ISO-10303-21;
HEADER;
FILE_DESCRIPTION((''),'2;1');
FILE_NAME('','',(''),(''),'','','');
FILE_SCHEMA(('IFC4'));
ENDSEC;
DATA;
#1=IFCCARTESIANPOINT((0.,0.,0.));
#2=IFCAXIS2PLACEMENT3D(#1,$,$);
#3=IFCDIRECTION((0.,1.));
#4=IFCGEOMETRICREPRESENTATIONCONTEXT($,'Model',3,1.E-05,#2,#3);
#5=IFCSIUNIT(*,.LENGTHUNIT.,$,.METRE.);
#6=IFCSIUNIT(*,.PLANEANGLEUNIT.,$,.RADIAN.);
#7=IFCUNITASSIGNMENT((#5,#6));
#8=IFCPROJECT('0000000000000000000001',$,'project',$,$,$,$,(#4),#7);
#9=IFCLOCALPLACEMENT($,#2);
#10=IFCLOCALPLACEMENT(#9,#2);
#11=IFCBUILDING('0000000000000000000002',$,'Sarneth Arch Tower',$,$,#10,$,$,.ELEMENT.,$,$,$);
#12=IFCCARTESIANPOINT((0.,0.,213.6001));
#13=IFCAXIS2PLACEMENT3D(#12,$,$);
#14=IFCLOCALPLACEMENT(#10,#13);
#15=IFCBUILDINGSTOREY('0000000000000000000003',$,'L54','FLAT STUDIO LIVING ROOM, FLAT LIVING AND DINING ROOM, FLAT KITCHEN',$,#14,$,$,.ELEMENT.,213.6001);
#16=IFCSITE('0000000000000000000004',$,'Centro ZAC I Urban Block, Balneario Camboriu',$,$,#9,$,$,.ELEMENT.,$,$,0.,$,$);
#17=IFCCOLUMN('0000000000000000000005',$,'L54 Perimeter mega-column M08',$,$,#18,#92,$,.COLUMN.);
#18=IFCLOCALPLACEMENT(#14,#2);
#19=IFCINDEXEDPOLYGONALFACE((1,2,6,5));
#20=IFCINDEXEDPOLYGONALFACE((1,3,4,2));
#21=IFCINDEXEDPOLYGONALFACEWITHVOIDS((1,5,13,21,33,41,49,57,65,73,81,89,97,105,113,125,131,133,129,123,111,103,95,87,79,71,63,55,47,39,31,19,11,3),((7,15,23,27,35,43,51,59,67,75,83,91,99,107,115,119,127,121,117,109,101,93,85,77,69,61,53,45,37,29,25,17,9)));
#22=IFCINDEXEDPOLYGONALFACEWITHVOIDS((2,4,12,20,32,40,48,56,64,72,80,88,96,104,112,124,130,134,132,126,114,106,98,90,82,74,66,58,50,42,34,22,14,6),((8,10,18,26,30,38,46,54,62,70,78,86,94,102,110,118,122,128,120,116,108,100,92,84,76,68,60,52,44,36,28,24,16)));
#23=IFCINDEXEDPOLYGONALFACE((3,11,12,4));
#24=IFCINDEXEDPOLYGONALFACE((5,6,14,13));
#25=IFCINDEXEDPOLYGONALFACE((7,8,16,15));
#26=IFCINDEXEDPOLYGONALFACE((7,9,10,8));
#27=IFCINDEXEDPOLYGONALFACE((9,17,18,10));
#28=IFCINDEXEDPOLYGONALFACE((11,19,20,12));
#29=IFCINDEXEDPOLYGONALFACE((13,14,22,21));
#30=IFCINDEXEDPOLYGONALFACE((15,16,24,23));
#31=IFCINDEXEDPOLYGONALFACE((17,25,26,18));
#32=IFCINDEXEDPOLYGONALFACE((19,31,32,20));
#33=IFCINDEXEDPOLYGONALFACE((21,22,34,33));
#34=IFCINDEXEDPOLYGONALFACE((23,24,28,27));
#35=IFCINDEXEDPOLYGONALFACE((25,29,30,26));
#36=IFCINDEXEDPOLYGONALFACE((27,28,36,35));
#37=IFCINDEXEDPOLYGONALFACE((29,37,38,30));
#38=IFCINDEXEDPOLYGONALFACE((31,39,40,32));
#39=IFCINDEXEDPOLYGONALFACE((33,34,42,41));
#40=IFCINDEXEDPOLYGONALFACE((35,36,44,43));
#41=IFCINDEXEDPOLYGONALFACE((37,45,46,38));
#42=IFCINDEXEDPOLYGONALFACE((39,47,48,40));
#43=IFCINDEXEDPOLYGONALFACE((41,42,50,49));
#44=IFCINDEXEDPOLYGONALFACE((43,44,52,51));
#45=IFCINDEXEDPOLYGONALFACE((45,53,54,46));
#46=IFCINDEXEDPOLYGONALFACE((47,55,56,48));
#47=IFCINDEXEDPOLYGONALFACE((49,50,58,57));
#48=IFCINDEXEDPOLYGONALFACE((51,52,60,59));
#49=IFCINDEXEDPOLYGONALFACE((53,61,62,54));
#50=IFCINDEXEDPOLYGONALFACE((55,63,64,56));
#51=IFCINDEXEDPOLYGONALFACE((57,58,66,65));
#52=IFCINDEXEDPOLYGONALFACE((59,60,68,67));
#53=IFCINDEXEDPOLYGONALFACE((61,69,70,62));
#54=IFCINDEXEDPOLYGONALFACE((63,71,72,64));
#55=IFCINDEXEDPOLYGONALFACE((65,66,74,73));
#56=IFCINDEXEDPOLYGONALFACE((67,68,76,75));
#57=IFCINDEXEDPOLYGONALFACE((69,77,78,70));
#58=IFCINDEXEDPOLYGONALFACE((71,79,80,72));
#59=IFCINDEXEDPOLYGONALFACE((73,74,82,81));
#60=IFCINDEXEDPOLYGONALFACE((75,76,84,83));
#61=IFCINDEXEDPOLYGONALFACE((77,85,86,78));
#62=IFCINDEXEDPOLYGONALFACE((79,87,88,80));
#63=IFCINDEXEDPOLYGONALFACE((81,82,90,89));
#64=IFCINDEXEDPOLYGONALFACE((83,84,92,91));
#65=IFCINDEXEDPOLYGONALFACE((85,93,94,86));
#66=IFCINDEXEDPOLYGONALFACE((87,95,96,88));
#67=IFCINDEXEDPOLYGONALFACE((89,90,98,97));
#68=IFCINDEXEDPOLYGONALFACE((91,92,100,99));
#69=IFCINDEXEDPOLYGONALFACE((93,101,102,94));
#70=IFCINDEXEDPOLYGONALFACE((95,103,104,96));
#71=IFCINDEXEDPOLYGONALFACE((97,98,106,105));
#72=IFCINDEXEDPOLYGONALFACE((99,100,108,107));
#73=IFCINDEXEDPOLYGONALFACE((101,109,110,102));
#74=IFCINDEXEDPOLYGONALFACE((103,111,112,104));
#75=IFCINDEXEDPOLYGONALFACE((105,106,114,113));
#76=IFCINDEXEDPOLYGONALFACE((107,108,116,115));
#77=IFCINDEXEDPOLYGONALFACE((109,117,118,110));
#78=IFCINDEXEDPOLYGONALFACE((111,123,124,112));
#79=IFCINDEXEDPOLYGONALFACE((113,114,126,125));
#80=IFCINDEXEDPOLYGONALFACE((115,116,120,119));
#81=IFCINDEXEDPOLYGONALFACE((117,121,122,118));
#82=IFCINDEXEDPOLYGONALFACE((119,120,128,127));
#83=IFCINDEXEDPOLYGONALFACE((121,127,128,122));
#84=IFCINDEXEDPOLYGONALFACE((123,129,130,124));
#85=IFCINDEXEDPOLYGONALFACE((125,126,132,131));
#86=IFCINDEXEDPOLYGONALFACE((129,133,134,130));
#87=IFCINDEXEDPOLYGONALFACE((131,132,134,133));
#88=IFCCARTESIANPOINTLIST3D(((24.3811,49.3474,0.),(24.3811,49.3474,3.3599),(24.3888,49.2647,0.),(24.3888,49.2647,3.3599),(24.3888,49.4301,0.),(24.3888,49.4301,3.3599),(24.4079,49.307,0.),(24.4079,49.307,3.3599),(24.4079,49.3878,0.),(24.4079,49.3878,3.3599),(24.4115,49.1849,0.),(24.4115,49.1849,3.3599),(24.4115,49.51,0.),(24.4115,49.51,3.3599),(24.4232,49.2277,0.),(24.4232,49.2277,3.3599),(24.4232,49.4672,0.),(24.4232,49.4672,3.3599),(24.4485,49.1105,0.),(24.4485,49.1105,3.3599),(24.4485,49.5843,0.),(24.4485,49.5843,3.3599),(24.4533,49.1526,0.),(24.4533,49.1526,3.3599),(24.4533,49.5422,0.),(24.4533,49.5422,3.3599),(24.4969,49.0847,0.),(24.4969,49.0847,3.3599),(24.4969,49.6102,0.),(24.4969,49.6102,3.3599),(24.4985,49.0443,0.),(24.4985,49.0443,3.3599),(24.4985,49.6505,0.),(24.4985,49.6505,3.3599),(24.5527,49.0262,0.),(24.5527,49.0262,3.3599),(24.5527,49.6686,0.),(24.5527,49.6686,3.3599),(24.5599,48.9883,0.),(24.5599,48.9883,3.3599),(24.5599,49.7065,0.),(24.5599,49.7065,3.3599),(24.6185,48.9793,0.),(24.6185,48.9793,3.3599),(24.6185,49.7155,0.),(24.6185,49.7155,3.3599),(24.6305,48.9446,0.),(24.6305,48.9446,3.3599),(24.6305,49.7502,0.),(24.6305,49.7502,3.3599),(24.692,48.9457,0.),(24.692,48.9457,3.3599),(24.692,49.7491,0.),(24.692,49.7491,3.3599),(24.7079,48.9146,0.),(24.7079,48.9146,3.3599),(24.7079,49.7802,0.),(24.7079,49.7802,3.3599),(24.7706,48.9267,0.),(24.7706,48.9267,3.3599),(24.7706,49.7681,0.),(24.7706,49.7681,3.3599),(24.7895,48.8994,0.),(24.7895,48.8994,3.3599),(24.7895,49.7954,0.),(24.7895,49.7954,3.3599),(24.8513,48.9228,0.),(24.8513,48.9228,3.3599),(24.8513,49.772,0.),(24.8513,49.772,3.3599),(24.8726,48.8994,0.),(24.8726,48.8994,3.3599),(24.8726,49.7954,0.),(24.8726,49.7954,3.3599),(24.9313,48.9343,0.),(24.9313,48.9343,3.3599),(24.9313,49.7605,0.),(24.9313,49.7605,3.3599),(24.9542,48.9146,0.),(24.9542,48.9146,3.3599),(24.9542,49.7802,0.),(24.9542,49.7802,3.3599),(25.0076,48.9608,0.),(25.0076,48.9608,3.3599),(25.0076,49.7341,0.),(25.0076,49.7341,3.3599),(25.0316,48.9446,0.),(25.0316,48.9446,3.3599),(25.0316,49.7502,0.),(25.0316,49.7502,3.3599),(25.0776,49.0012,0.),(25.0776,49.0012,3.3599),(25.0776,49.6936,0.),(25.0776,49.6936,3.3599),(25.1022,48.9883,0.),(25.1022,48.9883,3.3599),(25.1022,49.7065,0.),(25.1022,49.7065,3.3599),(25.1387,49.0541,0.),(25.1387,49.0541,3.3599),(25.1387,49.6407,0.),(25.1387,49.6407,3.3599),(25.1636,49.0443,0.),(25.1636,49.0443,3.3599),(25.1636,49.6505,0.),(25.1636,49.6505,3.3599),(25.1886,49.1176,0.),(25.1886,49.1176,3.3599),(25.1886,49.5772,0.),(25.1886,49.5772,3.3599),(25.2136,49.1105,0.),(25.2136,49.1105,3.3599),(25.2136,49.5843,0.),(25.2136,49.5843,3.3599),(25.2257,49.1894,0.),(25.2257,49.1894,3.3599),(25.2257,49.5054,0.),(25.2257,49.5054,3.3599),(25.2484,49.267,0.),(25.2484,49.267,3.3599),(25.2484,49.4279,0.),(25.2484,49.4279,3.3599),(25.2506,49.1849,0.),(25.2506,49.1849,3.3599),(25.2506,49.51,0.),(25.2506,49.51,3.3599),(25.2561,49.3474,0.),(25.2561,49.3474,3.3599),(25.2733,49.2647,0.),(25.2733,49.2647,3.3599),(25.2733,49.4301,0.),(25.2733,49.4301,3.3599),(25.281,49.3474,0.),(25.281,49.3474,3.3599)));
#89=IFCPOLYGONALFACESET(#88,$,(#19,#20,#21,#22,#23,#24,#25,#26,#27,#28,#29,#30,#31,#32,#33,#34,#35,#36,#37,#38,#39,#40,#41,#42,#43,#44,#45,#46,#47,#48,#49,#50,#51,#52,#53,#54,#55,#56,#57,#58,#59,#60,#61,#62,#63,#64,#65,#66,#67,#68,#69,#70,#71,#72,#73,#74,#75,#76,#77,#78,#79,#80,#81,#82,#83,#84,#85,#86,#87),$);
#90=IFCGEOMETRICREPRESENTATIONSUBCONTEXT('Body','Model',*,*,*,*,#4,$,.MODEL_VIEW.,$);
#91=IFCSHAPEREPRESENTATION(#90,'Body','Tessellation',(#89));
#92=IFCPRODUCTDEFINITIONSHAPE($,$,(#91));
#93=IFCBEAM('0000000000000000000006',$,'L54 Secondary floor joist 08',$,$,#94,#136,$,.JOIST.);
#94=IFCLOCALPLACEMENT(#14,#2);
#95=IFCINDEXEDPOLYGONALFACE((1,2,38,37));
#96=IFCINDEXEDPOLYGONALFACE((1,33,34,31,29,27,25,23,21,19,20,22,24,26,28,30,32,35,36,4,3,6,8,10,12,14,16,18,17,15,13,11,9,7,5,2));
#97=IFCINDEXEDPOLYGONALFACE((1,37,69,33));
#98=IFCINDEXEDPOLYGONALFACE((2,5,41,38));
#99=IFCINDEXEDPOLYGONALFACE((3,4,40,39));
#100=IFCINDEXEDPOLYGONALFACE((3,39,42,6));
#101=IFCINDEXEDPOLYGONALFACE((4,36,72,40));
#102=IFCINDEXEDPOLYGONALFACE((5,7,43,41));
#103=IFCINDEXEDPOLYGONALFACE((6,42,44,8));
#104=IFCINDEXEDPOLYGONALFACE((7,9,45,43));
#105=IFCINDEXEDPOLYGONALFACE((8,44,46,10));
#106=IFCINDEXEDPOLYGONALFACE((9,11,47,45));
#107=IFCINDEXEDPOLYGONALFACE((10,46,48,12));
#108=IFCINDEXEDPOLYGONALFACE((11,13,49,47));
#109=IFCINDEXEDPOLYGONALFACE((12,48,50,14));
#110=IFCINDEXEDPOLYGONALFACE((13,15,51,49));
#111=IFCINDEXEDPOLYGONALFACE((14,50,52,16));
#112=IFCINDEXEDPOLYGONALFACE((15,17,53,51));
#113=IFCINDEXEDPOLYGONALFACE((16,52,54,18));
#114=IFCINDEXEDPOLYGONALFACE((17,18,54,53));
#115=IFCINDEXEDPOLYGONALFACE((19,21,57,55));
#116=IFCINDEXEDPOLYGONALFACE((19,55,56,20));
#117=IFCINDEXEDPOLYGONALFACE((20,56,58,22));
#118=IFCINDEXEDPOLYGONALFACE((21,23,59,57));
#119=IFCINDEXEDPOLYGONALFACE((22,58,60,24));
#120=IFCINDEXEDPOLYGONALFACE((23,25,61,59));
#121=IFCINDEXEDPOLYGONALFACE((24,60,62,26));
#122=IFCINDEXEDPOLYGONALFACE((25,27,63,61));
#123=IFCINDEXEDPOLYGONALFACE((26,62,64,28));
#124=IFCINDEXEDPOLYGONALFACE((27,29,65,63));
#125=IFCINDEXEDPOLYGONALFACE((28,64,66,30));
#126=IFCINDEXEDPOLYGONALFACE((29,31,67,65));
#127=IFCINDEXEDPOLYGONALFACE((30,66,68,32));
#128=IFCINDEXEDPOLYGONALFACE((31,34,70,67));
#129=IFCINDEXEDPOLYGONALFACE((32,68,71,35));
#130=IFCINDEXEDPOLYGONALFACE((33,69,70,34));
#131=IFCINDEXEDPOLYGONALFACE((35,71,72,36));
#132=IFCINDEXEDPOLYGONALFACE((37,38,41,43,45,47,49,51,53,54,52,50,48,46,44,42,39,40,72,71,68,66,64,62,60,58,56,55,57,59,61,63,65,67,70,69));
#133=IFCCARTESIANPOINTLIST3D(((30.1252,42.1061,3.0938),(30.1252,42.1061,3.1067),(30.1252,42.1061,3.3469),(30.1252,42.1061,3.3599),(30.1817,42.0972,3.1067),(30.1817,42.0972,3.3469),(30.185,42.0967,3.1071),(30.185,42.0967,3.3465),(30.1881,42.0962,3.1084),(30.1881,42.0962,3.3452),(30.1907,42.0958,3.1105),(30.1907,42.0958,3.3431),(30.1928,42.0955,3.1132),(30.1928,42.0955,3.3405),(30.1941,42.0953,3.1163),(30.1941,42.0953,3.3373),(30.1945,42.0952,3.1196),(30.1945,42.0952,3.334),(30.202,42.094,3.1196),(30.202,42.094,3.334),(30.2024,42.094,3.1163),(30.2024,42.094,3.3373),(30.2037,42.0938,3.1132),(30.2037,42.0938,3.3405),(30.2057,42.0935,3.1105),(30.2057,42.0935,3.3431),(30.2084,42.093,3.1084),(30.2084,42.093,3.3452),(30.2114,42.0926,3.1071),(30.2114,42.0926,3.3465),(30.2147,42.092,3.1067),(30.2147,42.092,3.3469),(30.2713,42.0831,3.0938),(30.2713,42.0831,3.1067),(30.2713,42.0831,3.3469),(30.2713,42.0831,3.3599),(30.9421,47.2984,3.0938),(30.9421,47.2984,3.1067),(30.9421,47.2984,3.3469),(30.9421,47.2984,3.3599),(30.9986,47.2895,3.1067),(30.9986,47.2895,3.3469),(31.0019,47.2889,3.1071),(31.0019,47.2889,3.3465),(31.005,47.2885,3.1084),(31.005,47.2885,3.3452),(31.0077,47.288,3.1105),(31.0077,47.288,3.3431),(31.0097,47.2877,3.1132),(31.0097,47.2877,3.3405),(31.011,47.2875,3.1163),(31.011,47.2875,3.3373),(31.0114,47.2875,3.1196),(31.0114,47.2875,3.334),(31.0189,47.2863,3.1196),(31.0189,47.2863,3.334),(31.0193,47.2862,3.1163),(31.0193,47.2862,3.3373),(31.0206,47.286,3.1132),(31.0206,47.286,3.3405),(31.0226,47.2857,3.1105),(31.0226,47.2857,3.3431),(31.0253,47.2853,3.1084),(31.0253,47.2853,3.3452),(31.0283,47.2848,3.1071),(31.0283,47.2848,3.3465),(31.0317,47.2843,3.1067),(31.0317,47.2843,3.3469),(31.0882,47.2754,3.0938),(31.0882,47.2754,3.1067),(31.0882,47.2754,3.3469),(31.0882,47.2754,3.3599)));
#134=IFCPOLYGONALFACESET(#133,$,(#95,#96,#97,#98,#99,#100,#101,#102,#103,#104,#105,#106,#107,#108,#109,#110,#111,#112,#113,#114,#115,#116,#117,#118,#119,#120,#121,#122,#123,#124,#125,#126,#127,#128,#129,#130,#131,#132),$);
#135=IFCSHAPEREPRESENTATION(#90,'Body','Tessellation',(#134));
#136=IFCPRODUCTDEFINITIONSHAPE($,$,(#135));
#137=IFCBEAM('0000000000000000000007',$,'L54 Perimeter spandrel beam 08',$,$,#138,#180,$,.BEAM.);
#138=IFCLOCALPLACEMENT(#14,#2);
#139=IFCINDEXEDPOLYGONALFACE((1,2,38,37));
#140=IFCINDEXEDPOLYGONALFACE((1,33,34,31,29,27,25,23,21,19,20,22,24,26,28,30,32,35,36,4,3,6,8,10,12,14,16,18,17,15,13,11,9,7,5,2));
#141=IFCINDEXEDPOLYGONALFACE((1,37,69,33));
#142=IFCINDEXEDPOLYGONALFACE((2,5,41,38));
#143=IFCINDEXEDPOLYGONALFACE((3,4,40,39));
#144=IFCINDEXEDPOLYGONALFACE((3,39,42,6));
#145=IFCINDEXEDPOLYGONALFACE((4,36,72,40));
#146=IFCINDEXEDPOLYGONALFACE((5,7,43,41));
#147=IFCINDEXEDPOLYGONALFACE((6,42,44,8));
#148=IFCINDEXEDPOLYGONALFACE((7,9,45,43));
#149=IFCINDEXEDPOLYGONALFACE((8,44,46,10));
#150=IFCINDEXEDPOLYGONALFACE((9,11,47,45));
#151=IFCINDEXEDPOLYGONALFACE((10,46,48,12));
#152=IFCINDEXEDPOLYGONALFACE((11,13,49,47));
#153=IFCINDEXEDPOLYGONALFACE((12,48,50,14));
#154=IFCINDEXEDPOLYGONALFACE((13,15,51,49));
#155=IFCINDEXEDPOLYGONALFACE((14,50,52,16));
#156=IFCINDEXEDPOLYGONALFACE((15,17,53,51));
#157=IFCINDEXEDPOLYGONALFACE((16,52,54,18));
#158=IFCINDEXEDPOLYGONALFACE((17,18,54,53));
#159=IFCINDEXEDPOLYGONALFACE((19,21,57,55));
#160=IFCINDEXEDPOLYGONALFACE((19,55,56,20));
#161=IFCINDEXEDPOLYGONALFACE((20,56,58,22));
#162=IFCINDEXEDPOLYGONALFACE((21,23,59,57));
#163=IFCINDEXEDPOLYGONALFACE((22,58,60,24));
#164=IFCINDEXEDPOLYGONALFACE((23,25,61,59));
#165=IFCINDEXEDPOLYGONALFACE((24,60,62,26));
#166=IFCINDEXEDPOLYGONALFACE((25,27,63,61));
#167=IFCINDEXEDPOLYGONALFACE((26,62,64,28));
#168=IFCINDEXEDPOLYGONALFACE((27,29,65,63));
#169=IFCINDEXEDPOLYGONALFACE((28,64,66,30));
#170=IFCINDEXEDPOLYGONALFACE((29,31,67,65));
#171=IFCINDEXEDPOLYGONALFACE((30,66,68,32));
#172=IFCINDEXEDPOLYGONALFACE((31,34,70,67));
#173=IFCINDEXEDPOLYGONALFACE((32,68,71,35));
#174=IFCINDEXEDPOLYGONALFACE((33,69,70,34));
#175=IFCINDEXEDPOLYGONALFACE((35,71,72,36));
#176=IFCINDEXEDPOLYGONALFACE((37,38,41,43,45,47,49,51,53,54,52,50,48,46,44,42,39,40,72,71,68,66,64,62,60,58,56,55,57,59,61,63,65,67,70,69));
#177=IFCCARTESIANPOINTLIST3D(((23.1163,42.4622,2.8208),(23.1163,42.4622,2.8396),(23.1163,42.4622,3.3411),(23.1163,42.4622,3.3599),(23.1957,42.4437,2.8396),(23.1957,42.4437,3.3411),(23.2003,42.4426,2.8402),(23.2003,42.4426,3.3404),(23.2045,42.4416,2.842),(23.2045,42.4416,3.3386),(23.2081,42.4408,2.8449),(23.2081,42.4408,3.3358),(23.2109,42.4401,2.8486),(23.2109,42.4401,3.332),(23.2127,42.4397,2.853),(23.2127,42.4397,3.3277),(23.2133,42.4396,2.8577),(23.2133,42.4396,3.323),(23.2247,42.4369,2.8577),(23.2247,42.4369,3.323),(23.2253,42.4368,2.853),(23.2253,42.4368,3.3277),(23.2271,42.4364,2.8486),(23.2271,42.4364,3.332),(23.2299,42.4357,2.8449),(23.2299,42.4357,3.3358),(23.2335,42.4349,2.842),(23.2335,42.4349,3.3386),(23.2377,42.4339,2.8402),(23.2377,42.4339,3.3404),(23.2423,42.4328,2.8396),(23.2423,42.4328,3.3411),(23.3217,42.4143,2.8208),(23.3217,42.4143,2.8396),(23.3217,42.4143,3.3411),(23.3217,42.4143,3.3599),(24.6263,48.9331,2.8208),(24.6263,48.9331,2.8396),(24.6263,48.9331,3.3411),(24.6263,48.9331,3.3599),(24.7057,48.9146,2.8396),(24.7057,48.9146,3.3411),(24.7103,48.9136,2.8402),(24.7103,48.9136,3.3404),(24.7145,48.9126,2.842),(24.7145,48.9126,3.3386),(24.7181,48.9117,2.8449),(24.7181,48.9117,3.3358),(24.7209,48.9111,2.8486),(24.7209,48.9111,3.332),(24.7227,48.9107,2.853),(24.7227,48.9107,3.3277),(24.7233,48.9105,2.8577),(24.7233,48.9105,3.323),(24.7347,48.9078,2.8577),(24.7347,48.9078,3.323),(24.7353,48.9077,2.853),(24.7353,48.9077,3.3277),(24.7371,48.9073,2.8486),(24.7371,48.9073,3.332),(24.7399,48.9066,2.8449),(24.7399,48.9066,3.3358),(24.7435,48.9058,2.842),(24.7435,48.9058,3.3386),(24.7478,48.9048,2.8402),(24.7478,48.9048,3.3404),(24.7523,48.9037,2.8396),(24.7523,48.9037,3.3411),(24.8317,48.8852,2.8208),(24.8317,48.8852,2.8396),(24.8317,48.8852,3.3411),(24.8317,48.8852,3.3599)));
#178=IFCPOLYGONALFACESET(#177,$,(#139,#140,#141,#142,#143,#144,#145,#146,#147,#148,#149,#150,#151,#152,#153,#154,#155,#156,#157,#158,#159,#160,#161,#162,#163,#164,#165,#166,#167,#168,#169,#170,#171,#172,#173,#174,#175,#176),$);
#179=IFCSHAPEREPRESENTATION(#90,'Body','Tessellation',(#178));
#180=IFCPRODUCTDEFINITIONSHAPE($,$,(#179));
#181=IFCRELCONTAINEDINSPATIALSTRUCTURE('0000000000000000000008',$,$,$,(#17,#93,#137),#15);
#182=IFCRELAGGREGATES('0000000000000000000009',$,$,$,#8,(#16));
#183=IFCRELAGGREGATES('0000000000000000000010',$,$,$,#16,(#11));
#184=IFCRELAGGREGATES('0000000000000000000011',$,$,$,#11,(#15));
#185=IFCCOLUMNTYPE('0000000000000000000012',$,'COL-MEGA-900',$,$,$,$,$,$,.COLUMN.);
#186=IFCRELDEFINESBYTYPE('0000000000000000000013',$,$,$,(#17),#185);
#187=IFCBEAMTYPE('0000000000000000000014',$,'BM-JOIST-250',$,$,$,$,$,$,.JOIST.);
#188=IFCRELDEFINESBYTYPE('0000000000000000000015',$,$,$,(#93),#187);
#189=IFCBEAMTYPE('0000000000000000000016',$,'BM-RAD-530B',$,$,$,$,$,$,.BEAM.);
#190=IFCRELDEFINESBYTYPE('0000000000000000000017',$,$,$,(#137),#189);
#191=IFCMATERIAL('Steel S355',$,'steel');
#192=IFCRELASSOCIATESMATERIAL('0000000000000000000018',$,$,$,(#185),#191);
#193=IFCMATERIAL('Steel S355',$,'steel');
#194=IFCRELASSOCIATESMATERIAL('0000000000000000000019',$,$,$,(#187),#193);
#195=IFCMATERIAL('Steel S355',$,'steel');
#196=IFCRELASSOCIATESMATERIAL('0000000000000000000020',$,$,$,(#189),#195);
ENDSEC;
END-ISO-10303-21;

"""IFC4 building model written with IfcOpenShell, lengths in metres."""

from ifc_helpers import new_model, si_unit, direction, frame, origin, origin_2d, place, context, subcontext, project, spatial, hollow_circle, i_section, extrude, material, material_profile, profile_set, type_object, element, save


model = new_model("IFC4")

# Units and contexts
model_context = context("Model", 3, precision=1e-05, world=origin(), true_north=direction((0.0, 1.0)))
body_context = subcontext(model_context, "Body", "Model", "MODEL_VIEW")
ifc_project = project(units=[si_unit("LENGTHUNIT", "METRE"), si_unit("PLANEANGLEUNIT", "RADIAN")], contexts=[model_context])

# Site, building, storey
site_placement = place(None, origin())
site = spatial("IfcSite", under=ifc_project, at=site_placement, Name="Centro ZAC I Urban Block, Balneario Camboriu", CompositionType="ELEMENT", RefElevation=0.0)
building_placement = place(site_placement, origin())
building = spatial("IfcBuilding", under=site, at=building_placement, Name="Sarneth Arch Tower", CompositionType="ELEMENT")
storey_placement = place(building_placement, frame((0.0, 0.0, 213.6001)))
storey = spatial("IfcBuildingStorey", under=building, at=storey_placement, Name="L54", Description="FLAT STUDIO LIVING ROOM, FLAT LIVING AND DINING ROOM, FLAT KITCHEN", CompositionType="ELEMENT", Elevation=213.6001)

# Column
ifc_material_1 = material(Name="Steel S355", Category="steel")
ifc_material_profile_1 = material_profile(ifc_material_1, hollow_circle(Radius=0.45, WallThickness=0.0249, at=origin_2d()), Name="CHS900x25")
ifc_profile_set_1 = profile_set([ifc_material_profile_1], Name="Steel S355")
column_type = type_object("IfcColumnType", Name="COL-MEGA-900", PredefinedType="COLUMN", material=ifc_profile_set_1)
column_placement = place(storey_placement, frame((24.8311, 49.3474, 0.0), z_axis=(0.0, 0.0, 1.0), x_axis=(1.0, 0.0, 0.0)))
element("IfcColumn", 1, at=column_placement, inside=storey, type_object=column_type, Name="L54 Perimeter mega-column M08", PredefinedType="COLUMN", context=body_context, shape_type="SweptSolid", body=[
    extrude(hollow_circle(Radius=0.45, WallThickness=0.0249, at=origin_2d()), origin(), (0.0, 0.0, 1.0), 3.3599),
])

# Beams
ifc_material_2 = material(Name="Steel S355", Category="steel")
ifc_material_profile_2 = material_profile(ifc_material_2, i_section(OverallWidth=0.1479, OverallDepth=0.2661, WebThickness=0.0076, FlangeThickness=0.0129, FilletRadius=0.0129, at=origin_2d()), Name="W250x44.8")
ifc_profile_set_2 = profile_set([ifc_material_profile_2], Name="Steel S355")
beam_type_1 = type_object("IfcBeamType", Name="BM-JOIST-250", PredefinedType="JOIST", material=ifc_profile_set_2)
beam_1_placement = place(storey_placement, frame((31.0151, 47.2869, 3.2268), z_axis=(-0.155421, -0.987848, 0.0), x_axis=(0.987848, -0.155421, 0.0)))
element("IfcBeam", 2, at=beam_1_placement, inside=storey, type_object=beam_type_1, Name="L54 Secondary floor joist 08", PredefinedType="JOIST", context=body_context, shape_type="SweptSolid", body=[
    extrude(i_section(OverallWidth=0.1479, OverallDepth=0.2661, WebThickness=0.0076, FlangeThickness=0.0129, FilletRadius=0.0129, at=origin_2d()), origin(), (0.0, 0.0, 1.0), 5.2561),
])
ifc_material_3 = material(Name="Steel S355", Category="steel")
ifc_material_profile_3 = material_profile(ifc_material_3, i_section(OverallWidth=0.2109, OverallDepth=0.5391, WebThickness=0.0117, FlangeThickness=0.0188, FilletRadius=0.0181, at=origin_2d()), Name="W530x109")
ifc_profile_set_3 = profile_set([ifc_material_profile_3], Name="Steel S355")
beam_type_2 = type_object("IfcBeamType", Name="BM-RAD-530B", PredefinedType="BEAM", material=ifc_profile_set_3)
beam_2_placement = place(storey_placement, frame((24.729, 48.9092, 3.0903), z_axis=(-0.227247, -0.973837, 0.0), x_axis=(0.973837, -0.227247, 0.0)))
element("IfcBeam", 3, at=beam_2_placement, inside=storey, type_object=beam_type_2, Name="L54 Perimeter spandrel beam 08", PredefinedType="BEAM", context=body_context, shape_type="SweptSolid", body=[
    extrude(i_section(OverallWidth=0.2109, OverallDepth=0.5391, WebThickness=0.0117, FlangeThickness=0.0188, FilletRadius=0.0181, at=origin_2d()), origin(), (0.0, 0.0, 1.0), 6.6448),
])

save(model, "model.ifc")
